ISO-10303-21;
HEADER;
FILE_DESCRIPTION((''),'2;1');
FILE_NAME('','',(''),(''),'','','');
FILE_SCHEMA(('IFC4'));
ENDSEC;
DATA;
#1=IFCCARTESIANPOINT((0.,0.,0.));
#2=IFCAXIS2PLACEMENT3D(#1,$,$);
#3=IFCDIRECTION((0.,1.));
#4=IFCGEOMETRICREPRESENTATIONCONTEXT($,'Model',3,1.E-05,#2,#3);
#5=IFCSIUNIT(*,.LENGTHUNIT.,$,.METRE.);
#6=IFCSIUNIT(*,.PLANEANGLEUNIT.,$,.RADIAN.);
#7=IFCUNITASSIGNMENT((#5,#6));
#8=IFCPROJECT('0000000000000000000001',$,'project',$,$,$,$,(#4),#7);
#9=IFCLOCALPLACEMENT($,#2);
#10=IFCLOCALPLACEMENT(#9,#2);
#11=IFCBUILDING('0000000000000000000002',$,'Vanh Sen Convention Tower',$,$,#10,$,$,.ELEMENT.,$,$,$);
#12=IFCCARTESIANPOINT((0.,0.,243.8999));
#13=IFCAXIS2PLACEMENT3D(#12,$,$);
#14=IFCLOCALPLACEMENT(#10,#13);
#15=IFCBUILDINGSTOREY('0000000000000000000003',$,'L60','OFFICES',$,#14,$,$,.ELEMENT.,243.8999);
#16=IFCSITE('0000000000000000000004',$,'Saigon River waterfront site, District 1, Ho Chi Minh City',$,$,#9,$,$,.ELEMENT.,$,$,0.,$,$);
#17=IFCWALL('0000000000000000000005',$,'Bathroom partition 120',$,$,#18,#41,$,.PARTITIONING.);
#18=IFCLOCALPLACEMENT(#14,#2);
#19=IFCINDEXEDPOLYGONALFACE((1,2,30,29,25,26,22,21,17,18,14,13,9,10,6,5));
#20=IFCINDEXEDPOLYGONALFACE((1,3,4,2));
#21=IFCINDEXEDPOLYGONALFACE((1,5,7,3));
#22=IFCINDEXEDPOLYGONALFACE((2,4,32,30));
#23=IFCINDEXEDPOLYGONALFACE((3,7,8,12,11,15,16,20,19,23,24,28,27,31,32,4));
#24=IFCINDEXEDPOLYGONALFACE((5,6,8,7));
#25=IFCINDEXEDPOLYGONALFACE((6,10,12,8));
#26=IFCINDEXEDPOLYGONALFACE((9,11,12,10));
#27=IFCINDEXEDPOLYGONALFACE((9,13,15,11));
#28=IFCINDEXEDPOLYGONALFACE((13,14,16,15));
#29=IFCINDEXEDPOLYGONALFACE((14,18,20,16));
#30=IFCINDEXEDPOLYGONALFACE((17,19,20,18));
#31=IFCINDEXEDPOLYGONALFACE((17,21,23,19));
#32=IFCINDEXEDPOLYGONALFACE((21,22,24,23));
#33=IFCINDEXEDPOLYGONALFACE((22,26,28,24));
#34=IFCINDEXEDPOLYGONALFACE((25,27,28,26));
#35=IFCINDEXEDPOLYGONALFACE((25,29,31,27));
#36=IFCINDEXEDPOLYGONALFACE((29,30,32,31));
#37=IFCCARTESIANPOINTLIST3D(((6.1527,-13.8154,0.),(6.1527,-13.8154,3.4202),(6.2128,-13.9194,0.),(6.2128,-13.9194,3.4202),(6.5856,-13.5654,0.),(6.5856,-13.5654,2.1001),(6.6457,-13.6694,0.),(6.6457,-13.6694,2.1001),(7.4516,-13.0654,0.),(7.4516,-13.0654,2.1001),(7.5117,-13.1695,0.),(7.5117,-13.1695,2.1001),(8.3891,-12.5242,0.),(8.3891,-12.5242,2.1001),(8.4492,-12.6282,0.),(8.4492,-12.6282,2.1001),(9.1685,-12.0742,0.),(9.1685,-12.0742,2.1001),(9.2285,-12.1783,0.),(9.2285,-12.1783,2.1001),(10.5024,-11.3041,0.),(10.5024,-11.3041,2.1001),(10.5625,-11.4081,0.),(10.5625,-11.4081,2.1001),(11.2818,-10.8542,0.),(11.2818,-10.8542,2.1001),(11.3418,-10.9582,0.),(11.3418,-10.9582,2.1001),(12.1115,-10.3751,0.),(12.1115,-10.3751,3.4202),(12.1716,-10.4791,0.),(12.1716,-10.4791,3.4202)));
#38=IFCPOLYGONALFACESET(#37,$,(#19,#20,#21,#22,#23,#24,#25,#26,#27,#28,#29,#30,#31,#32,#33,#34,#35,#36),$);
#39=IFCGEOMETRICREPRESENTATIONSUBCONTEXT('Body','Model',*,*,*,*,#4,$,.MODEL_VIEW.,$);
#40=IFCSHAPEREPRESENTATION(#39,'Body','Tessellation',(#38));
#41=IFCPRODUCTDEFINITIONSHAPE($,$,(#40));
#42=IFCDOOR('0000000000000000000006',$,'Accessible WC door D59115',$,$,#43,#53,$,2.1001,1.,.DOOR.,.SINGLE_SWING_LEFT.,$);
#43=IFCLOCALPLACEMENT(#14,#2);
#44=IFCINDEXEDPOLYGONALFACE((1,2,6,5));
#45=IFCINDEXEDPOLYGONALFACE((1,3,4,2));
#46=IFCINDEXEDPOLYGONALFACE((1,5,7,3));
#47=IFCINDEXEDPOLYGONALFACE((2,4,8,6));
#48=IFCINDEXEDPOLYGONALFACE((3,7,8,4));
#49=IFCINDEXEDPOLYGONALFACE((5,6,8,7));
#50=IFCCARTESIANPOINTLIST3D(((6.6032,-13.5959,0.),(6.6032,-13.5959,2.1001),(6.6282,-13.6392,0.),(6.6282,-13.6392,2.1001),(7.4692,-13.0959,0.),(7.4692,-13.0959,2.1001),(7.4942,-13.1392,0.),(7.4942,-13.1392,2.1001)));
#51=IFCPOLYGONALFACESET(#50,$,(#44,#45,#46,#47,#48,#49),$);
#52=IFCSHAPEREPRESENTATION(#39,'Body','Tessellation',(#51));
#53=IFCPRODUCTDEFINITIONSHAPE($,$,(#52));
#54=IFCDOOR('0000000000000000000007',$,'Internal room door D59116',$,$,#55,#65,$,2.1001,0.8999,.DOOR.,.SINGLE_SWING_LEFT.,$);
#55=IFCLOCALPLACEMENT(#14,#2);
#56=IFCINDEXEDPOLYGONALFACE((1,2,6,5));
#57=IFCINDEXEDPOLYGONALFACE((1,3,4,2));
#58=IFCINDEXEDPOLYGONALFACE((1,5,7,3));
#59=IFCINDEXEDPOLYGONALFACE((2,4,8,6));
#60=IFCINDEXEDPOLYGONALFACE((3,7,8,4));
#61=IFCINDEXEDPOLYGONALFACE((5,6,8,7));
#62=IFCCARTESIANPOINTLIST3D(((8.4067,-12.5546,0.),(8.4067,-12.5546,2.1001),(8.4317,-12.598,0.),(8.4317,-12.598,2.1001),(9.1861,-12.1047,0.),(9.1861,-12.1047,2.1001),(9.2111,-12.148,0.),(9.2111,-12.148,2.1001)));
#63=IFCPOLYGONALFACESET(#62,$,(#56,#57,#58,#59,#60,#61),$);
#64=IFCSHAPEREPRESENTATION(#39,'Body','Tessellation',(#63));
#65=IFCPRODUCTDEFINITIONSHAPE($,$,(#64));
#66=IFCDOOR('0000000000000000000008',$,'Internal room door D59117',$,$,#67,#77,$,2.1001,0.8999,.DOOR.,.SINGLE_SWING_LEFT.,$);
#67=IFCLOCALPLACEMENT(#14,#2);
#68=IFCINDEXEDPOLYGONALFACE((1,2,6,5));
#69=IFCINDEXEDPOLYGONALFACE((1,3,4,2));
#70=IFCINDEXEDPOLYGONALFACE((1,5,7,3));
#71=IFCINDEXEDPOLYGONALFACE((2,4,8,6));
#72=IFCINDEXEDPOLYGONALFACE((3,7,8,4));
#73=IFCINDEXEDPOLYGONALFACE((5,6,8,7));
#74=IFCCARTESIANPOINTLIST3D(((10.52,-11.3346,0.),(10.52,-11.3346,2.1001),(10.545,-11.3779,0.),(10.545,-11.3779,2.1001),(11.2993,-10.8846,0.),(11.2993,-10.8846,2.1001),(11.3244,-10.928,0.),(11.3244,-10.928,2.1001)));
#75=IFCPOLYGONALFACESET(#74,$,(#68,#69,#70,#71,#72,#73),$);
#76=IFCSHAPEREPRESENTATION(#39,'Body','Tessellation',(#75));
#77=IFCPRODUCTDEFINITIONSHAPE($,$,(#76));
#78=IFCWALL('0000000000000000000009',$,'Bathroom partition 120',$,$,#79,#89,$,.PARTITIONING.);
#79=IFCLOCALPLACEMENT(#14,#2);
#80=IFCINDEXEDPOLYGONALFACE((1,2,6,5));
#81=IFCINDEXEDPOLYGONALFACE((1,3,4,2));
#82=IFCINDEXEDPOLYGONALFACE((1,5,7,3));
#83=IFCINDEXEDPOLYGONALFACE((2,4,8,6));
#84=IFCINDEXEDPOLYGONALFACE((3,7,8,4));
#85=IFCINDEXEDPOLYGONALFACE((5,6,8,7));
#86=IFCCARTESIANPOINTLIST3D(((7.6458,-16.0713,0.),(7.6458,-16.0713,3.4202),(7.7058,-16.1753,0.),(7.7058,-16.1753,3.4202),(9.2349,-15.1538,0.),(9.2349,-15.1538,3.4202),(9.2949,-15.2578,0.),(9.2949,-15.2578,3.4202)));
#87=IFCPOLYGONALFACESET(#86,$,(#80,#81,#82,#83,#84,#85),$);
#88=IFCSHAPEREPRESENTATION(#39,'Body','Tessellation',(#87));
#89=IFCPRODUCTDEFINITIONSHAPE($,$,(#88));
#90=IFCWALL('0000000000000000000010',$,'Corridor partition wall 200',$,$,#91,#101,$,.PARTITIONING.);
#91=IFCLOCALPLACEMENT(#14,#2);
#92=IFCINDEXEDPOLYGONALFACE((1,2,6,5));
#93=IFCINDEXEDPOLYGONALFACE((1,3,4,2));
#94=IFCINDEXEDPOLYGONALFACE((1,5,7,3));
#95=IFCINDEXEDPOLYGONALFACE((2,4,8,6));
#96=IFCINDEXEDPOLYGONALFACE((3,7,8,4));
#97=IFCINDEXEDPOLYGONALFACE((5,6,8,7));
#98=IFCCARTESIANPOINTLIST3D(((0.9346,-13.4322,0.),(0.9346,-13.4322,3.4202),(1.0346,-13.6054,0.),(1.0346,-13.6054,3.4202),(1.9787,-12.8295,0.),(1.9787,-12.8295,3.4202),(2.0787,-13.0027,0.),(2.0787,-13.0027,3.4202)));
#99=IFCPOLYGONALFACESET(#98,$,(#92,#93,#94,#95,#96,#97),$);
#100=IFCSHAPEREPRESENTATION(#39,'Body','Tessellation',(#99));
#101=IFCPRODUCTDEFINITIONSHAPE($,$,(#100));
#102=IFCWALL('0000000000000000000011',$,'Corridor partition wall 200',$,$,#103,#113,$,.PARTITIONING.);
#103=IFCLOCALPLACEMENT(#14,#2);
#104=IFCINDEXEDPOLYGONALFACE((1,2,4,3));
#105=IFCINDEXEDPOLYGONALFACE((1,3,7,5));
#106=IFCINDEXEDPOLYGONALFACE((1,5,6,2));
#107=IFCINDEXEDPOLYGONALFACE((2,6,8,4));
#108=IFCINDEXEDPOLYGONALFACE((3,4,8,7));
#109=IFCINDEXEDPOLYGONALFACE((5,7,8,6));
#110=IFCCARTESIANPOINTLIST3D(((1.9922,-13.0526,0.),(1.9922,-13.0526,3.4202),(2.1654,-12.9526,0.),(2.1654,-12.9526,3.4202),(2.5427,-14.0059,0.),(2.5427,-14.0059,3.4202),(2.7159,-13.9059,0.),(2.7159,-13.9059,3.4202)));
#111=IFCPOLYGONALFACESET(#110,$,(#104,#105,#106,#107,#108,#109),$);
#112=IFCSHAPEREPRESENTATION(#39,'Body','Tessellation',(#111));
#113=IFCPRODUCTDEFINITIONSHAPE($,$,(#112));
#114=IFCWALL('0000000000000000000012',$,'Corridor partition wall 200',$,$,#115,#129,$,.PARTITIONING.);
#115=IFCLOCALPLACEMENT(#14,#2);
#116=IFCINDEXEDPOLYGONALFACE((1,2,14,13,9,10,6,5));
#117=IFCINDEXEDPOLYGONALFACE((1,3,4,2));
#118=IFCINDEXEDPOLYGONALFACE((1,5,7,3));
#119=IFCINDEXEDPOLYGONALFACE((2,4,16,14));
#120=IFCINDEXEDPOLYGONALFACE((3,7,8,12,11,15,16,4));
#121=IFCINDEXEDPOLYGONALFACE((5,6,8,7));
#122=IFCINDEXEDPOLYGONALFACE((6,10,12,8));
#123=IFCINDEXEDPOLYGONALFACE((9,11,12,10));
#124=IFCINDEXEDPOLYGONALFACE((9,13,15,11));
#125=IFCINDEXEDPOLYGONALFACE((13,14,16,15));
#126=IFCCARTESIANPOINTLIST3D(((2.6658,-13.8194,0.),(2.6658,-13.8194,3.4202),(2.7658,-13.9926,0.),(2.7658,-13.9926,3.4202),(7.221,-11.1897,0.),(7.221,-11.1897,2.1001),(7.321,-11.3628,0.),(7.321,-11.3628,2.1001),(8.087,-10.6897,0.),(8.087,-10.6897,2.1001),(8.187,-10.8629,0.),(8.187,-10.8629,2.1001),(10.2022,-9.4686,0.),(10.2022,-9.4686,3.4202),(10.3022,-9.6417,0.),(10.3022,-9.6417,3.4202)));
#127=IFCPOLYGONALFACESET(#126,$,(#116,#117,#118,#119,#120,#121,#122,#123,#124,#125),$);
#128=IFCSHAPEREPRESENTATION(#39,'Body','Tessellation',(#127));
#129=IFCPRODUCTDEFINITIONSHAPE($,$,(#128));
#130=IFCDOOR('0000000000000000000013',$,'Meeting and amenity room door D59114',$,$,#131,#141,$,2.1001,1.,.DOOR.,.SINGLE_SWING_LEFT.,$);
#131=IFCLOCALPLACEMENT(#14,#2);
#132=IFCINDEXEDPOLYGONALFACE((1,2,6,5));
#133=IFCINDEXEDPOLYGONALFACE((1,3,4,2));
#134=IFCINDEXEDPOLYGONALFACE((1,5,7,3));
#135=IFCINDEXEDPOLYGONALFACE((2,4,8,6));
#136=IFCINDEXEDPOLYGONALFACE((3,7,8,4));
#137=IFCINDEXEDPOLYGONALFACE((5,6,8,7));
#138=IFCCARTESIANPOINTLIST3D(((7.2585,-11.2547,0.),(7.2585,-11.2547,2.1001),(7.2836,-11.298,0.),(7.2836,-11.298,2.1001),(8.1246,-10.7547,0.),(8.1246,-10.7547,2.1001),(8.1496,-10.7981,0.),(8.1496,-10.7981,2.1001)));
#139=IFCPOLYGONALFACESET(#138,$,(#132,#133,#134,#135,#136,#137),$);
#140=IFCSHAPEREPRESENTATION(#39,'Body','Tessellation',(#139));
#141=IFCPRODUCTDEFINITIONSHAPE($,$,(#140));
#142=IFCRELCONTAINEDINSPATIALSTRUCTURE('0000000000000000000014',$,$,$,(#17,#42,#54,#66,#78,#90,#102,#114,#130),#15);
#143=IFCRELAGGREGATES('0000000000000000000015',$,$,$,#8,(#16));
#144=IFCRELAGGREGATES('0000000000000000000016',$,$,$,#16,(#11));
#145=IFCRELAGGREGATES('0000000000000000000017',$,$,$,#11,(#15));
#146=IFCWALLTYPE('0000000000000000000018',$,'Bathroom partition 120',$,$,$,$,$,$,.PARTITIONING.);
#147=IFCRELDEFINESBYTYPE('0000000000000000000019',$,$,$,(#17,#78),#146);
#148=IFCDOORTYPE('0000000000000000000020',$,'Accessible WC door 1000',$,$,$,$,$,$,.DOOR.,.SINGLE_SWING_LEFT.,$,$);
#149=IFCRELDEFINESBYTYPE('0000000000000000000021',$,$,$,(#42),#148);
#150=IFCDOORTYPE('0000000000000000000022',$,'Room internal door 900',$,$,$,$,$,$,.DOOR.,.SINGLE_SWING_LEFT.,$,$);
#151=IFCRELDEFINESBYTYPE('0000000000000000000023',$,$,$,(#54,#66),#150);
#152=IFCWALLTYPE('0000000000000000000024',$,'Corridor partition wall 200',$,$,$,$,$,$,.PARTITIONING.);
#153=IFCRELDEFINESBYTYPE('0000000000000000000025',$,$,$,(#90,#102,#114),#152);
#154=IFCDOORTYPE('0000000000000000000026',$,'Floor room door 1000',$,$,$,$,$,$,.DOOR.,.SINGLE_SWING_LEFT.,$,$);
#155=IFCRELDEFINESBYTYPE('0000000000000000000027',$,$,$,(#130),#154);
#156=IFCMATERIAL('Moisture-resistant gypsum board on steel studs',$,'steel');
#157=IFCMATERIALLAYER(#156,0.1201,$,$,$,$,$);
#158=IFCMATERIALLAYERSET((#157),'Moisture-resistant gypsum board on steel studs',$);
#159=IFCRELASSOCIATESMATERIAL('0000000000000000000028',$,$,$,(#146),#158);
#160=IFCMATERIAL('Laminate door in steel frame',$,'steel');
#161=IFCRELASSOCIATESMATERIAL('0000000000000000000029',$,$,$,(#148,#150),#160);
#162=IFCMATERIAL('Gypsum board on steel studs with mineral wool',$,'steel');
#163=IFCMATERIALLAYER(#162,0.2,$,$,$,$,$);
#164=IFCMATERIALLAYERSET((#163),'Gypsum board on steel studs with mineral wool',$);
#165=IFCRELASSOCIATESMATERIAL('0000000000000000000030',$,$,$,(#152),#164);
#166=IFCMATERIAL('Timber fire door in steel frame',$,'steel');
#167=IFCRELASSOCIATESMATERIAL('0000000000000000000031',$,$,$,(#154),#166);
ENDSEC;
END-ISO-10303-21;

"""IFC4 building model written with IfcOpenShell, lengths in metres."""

from ifc_helpers import new_model, si_unit, direction, frame, frame_2d, origin, place, context, subcontext, project, spatial, rectangle, extrude, material, layer, layer_set, type_object, element, fill, save


model = new_model("IFC4")

# Units and contexts
model_context = context("Model", 3, precision=1e-05, world=origin(), true_north=direction((0.0, 1.0)))
body_context = subcontext(model_context, "Body", "Model", "MODEL_VIEW")
ifc_project = project(units=[si_unit("LENGTHUNIT", "METRE"), si_unit("PLANEANGLEUNIT", "RADIAN")], contexts=[model_context])

# Site, building, storey
site_placement = place(None, origin())
site = spatial("IfcSite", under=ifc_project, at=site_placement, Name="Saigon River waterfront site, District 1, Ho Chi Minh City", CompositionType="ELEMENT", RefElevation=0.0)
building_placement = place(site_placement, origin())
building = spatial("IfcBuilding", under=site, at=building_placement, Name="Vanh Sen Convention Tower", CompositionType="ELEMENT")
storey_placement = place(building_placement, frame((0.0, 0.0, 243.8999)))
storey = spatial("IfcBuildingStorey", under=building, at=storey_placement, Name="L60", Description="OFFICES", CompositionType="ELEMENT", Elevation=243.8999)

# Wall, openings, doors
ifc_material_1 = material(Name="Moisture-resistant gypsum board on steel studs", Category="steel")
ifc_layer_1 = layer(ifc_material_1, 0.1201)
ifc_layer_set_1 = layer_set([ifc_layer_1], Name="Moisture-resistant gypsum board on steel studs")
wall_type_1 = type_object("IfcWallType", Name="Bathroom partition 120", PredefinedType="PARTITIONING", material=ifc_layer_set_1)
wall_1_placement = place(storey_placement, frame((6.1826, -13.8674, 0.0), z_axis=(0.0, 0.0, 1.0), x_axis=(0.866031, 0.49999, 0.0)))
wall_1 = element("IfcWall", 1, at=wall_1_placement, inside=storey, type_object=wall_type_1, Name="Bathroom partition 120", PredefinedType="PARTITIONING", context=body_context, shape_type="SweptSolid", body=[
    extrude(rectangle(XDim=6.8806, YDim=0.1201, at=frame_2d((3.4404, 0.0))), origin(), (0.0, 0.0, 1.0), 3.4202),
])
opening_1_placement = place(wall_1_placement, frame((0.5, 0.0, 0.0)))
opening_1 = element("IfcOpeningElement", 2, at=opening_1_placement, cuts=wall_1, PredefinedType="OPENING", context=body_context, shape_type="SweptSolid", body=[
    extrude(rectangle(XDim=1.0, YDim=2.1001, at=frame_2d((0.5, 1.05))), frame((0.0, 0.0701, 0.0), z_axis=(0.0, -1.0, 0.0), x_axis=(1.0, 0.0, 0.0)), (0.0, 0.0, 1.0), 0.1401),
])
opening_2_placement = place(wall_1_placement, frame((2.5825, 0.0, 0.0)))
opening_2 = element("IfcOpeningElement", 3, at=opening_2_placement, cuts=wall_1, PredefinedType="OPENING", context=body_context, shape_type="SweptSolid", body=[
    extrude(rectangle(XDim=0.8999, YDim=2.1001, at=frame_2d((0.45, 1.05))), frame((0.0, 0.0701, 0.0), z_axis=(0.0, -1.0, 0.0), x_axis=(1.0, 0.0, 0.0)), (0.0, 0.0, 1.0), 0.1401),
])
opening_3_placement = place(wall_1_placement, frame((5.0227, 0.0, 0.0)))
opening_3 = element("IfcOpeningElement", 4, at=opening_3_placement, cuts=wall_1, PredefinedType="OPENING", context=body_context, shape_type="SweptSolid", body=[
    extrude(rectangle(XDim=0.8999, YDim=2.1001, at=frame_2d((0.45, 1.05))), frame((0.0, 0.0701, 0.0), z_axis=(0.0, -1.0, 0.0), x_axis=(1.0, 0.0, 0.0)), (0.0, 0.0, 1.0), 0.1401),
])
ifc_material_2 = material(Name="Laminate door in steel frame", Category="steel")
door_type_1 = type_object("IfcDoorType", Name="Accessible WC door 1000", OperationType="SINGLE_SWING_LEFT", PredefinedType="DOOR", material=ifc_material_2)
door_1_placement = place(opening_1_placement, origin())
door_1 = element("IfcDoor", 5, at=door_1_placement, inside=storey, type_object=door_type_1, Name="Accessible WC door D59115", OperationType="SINGLE_SWING_LEFT", OverallHeight=2.1001, OverallWidth=1.0, PredefinedType="DOOR", context=body_context, shape_type="SweptSolid", body=[
    extrude(rectangle(XDim=1.0, YDim=2.1001, at=frame_2d((0.5, 1.05))), frame((0.0, 0.0249, 0.0), z_axis=(0.0, -1.0, 0.0), x_axis=(1.0, 0.0, 0.0)), (0.0, 0.0, 1.0), 0.05),
])
fill(opening_1, door_1)
door_type_2 = type_object("IfcDoorType", Name="Room internal door 900", OperationType="SINGLE_SWING_LEFT", PredefinedType="DOOR", material=ifc_material_2)
door_2_placement = place(opening_2_placement, origin())
door_2 = element("IfcDoor", 6, at=door_2_placement, inside=storey, type_object=door_type_2, Name="Internal room door D59116", OperationType="SINGLE_SWING_LEFT", OverallHeight=2.1001, OverallWidth=0.8999, PredefinedType="DOOR", context=body_context, shape_type="SweptSolid", body=[
    extrude(rectangle(XDim=0.8999, YDim=2.1001, at=frame_2d((0.45, 1.05))), frame((0.0, 0.0249, 0.0), z_axis=(0.0, -1.0, 0.0), x_axis=(1.0, 0.0, 0.0)), (0.0, 0.0, 1.0), 0.05),
])
fill(opening_2, door_2)
door_3_placement = place(opening_3_placement, origin())
door_3 = element("IfcDoor", 7, at=door_3_placement, inside=storey, type_object=door_type_2, Name="Internal room door D59117", OperationType="SINGLE_SWING_LEFT", OverallHeight=2.1001, OverallWidth=0.8999, PredefinedType="DOOR", context=body_context, shape_type="SweptSolid", body=[
    extrude(rectangle(XDim=0.8999, YDim=2.1001, at=frame_2d((0.45, 1.05))), frame((0.0, 0.0249, 0.0), z_axis=(0.0, -1.0, 0.0), x_axis=(1.0, 0.0, 0.0)), (0.0, 0.0, 1.0), 0.05),
])
fill(opening_3, door_3)

# Walls
wall_2_placement = place(storey_placement, frame((7.6758, -16.1233, 0.0), z_axis=(0.0, 0.0, 1.0), x_axis=(0.866024, 0.500003, 0.0)))
element("IfcWall", 8, at=wall_2_placement, inside=storey, type_object=wall_type_1, Name="Bathroom partition 120", PredefinedType="PARTITIONING", context=body_context, shape_type="SweptSolid", body=[
    extrude(rectangle(XDim=1.835, YDim=0.1201, at=frame_2d((0.9175, 0.0))), origin(), (0.0, 0.0, 1.0), 3.4202),
])
ifc_material_3 = material(Name="Gypsum board on steel studs with mineral wool", Category="steel")
ifc_layer_2 = layer(ifc_material_3, 0.2)
ifc_layer_set_2 = layer_set([ifc_layer_2], Name="Gypsum board on steel studs with mineral wool")
wall_type_2 = type_object("IfcWallType", Name="Corridor partition wall 200", PredefinedType="PARTITIONING", material=ifc_layer_set_2)
wall_3_placement = place(storey_placement, frame((0.9846, -13.5188, 0.0), z_axis=(0.0, 0.0, 1.0), x_axis=(0.866054, 0.49995, 0.0)))
element("IfcWall", 9, at=wall_3_placement, inside=storey, type_object=wall_type_2, Name="Corridor partition wall 200", PredefinedType="PARTITIONING", context=body_context, shape_type="SweptSolid", body=[
    extrude(rectangle(XDim=1.2056, YDim=0.2, at=frame_2d((0.6028, 0.0))), origin(), (0.0, 0.0, 1.0), 3.4202),
])
wall_4_placement = place(storey_placement, frame((2.0789, -13.0027, 0.0), z_axis=(0.0, 0.0, 1.0), x_axis=(0.500074, -0.865982, 0.0)))
element("IfcWall", 10, at=wall_4_placement, inside=storey, type_object=wall_type_2, Name="Corridor partition wall 200", PredefinedType="PARTITIONING", context=body_context, shape_type="SweptSolid", body=[
    extrude(rectangle(XDim=1.1008, YDim=0.2, at=frame_2d((0.5503, 0.0))), origin(), (0.0, 0.0, 1.0), 3.4202),
])

# Wall, opening, door
wall_5_placement = place(storey_placement, frame((2.7158, -13.906, 0.0), z_axis=(0.0, 0.0, 1.0), x_axis=(0.86604, 0.499974, 0.0)))
wall_5 = element("IfcWall", 11, at=wall_5_placement, inside=storey, type_object=wall_type_2, Name="Corridor partition wall 200", PredefinedType="PARTITIONING", context=body_context, shape_type="SweptSolid", body=[
    extrude(rectangle(XDim=8.7021, YDim=0.2, at=frame_2d((4.3511, 0.0))), origin(), (0.0, 0.0, 1.0), 3.4202),
])
opening_4_placement = place(wall_5_placement, frame((5.2598, 0.0, 0.0)))
opening_4 = element("IfcOpeningElement", 12, at=opening_4_placement, cuts=wall_5, PredefinedType="OPENING", context=body_context, shape_type="SweptSolid", body=[
    extrude(rectangle(XDim=1.0, YDim=2.1001, at=frame_2d((0.5, 1.05))), frame((0.0, 0.1099, 0.0), z_axis=(0.0, -1.0, 0.0), x_axis=(1.0, 0.0, 0.0)), (0.0, 0.0, 1.0), 0.22),
])
ifc_material_4 = material(Name="Timber fire door in steel frame", Category="steel")
door_type_3 = type_object("IfcDoorType", Name="Floor room door 1000", OperationType="SINGLE_SWING_LEFT", PredefinedType="DOOR", material=ifc_material_4)
door_4_placement = place(opening_4_placement, origin())
door_4 = element("IfcDoor", 13, at=door_4_placement, inside=storey, type_object=door_type_3, Name="Meeting and amenity room door D59114", OperationType="SINGLE_SWING_LEFT", OverallHeight=2.1001, OverallWidth=1.0, PredefinedType="DOOR", context=body_context, shape_type="SweptSolid", body=[
    extrude(rectangle(XDim=1.0, YDim=2.1001, at=frame_2d((0.5, 1.05))), frame((0.0, 0.0249, 0.0), z_axis=(0.0, -1.0, 0.0), x_axis=(1.0, 0.0, 0.0)), (0.0, 0.0, 1.0), 0.05),
])
fill(opening_4, door_4)

save(model, "model.ifc")
